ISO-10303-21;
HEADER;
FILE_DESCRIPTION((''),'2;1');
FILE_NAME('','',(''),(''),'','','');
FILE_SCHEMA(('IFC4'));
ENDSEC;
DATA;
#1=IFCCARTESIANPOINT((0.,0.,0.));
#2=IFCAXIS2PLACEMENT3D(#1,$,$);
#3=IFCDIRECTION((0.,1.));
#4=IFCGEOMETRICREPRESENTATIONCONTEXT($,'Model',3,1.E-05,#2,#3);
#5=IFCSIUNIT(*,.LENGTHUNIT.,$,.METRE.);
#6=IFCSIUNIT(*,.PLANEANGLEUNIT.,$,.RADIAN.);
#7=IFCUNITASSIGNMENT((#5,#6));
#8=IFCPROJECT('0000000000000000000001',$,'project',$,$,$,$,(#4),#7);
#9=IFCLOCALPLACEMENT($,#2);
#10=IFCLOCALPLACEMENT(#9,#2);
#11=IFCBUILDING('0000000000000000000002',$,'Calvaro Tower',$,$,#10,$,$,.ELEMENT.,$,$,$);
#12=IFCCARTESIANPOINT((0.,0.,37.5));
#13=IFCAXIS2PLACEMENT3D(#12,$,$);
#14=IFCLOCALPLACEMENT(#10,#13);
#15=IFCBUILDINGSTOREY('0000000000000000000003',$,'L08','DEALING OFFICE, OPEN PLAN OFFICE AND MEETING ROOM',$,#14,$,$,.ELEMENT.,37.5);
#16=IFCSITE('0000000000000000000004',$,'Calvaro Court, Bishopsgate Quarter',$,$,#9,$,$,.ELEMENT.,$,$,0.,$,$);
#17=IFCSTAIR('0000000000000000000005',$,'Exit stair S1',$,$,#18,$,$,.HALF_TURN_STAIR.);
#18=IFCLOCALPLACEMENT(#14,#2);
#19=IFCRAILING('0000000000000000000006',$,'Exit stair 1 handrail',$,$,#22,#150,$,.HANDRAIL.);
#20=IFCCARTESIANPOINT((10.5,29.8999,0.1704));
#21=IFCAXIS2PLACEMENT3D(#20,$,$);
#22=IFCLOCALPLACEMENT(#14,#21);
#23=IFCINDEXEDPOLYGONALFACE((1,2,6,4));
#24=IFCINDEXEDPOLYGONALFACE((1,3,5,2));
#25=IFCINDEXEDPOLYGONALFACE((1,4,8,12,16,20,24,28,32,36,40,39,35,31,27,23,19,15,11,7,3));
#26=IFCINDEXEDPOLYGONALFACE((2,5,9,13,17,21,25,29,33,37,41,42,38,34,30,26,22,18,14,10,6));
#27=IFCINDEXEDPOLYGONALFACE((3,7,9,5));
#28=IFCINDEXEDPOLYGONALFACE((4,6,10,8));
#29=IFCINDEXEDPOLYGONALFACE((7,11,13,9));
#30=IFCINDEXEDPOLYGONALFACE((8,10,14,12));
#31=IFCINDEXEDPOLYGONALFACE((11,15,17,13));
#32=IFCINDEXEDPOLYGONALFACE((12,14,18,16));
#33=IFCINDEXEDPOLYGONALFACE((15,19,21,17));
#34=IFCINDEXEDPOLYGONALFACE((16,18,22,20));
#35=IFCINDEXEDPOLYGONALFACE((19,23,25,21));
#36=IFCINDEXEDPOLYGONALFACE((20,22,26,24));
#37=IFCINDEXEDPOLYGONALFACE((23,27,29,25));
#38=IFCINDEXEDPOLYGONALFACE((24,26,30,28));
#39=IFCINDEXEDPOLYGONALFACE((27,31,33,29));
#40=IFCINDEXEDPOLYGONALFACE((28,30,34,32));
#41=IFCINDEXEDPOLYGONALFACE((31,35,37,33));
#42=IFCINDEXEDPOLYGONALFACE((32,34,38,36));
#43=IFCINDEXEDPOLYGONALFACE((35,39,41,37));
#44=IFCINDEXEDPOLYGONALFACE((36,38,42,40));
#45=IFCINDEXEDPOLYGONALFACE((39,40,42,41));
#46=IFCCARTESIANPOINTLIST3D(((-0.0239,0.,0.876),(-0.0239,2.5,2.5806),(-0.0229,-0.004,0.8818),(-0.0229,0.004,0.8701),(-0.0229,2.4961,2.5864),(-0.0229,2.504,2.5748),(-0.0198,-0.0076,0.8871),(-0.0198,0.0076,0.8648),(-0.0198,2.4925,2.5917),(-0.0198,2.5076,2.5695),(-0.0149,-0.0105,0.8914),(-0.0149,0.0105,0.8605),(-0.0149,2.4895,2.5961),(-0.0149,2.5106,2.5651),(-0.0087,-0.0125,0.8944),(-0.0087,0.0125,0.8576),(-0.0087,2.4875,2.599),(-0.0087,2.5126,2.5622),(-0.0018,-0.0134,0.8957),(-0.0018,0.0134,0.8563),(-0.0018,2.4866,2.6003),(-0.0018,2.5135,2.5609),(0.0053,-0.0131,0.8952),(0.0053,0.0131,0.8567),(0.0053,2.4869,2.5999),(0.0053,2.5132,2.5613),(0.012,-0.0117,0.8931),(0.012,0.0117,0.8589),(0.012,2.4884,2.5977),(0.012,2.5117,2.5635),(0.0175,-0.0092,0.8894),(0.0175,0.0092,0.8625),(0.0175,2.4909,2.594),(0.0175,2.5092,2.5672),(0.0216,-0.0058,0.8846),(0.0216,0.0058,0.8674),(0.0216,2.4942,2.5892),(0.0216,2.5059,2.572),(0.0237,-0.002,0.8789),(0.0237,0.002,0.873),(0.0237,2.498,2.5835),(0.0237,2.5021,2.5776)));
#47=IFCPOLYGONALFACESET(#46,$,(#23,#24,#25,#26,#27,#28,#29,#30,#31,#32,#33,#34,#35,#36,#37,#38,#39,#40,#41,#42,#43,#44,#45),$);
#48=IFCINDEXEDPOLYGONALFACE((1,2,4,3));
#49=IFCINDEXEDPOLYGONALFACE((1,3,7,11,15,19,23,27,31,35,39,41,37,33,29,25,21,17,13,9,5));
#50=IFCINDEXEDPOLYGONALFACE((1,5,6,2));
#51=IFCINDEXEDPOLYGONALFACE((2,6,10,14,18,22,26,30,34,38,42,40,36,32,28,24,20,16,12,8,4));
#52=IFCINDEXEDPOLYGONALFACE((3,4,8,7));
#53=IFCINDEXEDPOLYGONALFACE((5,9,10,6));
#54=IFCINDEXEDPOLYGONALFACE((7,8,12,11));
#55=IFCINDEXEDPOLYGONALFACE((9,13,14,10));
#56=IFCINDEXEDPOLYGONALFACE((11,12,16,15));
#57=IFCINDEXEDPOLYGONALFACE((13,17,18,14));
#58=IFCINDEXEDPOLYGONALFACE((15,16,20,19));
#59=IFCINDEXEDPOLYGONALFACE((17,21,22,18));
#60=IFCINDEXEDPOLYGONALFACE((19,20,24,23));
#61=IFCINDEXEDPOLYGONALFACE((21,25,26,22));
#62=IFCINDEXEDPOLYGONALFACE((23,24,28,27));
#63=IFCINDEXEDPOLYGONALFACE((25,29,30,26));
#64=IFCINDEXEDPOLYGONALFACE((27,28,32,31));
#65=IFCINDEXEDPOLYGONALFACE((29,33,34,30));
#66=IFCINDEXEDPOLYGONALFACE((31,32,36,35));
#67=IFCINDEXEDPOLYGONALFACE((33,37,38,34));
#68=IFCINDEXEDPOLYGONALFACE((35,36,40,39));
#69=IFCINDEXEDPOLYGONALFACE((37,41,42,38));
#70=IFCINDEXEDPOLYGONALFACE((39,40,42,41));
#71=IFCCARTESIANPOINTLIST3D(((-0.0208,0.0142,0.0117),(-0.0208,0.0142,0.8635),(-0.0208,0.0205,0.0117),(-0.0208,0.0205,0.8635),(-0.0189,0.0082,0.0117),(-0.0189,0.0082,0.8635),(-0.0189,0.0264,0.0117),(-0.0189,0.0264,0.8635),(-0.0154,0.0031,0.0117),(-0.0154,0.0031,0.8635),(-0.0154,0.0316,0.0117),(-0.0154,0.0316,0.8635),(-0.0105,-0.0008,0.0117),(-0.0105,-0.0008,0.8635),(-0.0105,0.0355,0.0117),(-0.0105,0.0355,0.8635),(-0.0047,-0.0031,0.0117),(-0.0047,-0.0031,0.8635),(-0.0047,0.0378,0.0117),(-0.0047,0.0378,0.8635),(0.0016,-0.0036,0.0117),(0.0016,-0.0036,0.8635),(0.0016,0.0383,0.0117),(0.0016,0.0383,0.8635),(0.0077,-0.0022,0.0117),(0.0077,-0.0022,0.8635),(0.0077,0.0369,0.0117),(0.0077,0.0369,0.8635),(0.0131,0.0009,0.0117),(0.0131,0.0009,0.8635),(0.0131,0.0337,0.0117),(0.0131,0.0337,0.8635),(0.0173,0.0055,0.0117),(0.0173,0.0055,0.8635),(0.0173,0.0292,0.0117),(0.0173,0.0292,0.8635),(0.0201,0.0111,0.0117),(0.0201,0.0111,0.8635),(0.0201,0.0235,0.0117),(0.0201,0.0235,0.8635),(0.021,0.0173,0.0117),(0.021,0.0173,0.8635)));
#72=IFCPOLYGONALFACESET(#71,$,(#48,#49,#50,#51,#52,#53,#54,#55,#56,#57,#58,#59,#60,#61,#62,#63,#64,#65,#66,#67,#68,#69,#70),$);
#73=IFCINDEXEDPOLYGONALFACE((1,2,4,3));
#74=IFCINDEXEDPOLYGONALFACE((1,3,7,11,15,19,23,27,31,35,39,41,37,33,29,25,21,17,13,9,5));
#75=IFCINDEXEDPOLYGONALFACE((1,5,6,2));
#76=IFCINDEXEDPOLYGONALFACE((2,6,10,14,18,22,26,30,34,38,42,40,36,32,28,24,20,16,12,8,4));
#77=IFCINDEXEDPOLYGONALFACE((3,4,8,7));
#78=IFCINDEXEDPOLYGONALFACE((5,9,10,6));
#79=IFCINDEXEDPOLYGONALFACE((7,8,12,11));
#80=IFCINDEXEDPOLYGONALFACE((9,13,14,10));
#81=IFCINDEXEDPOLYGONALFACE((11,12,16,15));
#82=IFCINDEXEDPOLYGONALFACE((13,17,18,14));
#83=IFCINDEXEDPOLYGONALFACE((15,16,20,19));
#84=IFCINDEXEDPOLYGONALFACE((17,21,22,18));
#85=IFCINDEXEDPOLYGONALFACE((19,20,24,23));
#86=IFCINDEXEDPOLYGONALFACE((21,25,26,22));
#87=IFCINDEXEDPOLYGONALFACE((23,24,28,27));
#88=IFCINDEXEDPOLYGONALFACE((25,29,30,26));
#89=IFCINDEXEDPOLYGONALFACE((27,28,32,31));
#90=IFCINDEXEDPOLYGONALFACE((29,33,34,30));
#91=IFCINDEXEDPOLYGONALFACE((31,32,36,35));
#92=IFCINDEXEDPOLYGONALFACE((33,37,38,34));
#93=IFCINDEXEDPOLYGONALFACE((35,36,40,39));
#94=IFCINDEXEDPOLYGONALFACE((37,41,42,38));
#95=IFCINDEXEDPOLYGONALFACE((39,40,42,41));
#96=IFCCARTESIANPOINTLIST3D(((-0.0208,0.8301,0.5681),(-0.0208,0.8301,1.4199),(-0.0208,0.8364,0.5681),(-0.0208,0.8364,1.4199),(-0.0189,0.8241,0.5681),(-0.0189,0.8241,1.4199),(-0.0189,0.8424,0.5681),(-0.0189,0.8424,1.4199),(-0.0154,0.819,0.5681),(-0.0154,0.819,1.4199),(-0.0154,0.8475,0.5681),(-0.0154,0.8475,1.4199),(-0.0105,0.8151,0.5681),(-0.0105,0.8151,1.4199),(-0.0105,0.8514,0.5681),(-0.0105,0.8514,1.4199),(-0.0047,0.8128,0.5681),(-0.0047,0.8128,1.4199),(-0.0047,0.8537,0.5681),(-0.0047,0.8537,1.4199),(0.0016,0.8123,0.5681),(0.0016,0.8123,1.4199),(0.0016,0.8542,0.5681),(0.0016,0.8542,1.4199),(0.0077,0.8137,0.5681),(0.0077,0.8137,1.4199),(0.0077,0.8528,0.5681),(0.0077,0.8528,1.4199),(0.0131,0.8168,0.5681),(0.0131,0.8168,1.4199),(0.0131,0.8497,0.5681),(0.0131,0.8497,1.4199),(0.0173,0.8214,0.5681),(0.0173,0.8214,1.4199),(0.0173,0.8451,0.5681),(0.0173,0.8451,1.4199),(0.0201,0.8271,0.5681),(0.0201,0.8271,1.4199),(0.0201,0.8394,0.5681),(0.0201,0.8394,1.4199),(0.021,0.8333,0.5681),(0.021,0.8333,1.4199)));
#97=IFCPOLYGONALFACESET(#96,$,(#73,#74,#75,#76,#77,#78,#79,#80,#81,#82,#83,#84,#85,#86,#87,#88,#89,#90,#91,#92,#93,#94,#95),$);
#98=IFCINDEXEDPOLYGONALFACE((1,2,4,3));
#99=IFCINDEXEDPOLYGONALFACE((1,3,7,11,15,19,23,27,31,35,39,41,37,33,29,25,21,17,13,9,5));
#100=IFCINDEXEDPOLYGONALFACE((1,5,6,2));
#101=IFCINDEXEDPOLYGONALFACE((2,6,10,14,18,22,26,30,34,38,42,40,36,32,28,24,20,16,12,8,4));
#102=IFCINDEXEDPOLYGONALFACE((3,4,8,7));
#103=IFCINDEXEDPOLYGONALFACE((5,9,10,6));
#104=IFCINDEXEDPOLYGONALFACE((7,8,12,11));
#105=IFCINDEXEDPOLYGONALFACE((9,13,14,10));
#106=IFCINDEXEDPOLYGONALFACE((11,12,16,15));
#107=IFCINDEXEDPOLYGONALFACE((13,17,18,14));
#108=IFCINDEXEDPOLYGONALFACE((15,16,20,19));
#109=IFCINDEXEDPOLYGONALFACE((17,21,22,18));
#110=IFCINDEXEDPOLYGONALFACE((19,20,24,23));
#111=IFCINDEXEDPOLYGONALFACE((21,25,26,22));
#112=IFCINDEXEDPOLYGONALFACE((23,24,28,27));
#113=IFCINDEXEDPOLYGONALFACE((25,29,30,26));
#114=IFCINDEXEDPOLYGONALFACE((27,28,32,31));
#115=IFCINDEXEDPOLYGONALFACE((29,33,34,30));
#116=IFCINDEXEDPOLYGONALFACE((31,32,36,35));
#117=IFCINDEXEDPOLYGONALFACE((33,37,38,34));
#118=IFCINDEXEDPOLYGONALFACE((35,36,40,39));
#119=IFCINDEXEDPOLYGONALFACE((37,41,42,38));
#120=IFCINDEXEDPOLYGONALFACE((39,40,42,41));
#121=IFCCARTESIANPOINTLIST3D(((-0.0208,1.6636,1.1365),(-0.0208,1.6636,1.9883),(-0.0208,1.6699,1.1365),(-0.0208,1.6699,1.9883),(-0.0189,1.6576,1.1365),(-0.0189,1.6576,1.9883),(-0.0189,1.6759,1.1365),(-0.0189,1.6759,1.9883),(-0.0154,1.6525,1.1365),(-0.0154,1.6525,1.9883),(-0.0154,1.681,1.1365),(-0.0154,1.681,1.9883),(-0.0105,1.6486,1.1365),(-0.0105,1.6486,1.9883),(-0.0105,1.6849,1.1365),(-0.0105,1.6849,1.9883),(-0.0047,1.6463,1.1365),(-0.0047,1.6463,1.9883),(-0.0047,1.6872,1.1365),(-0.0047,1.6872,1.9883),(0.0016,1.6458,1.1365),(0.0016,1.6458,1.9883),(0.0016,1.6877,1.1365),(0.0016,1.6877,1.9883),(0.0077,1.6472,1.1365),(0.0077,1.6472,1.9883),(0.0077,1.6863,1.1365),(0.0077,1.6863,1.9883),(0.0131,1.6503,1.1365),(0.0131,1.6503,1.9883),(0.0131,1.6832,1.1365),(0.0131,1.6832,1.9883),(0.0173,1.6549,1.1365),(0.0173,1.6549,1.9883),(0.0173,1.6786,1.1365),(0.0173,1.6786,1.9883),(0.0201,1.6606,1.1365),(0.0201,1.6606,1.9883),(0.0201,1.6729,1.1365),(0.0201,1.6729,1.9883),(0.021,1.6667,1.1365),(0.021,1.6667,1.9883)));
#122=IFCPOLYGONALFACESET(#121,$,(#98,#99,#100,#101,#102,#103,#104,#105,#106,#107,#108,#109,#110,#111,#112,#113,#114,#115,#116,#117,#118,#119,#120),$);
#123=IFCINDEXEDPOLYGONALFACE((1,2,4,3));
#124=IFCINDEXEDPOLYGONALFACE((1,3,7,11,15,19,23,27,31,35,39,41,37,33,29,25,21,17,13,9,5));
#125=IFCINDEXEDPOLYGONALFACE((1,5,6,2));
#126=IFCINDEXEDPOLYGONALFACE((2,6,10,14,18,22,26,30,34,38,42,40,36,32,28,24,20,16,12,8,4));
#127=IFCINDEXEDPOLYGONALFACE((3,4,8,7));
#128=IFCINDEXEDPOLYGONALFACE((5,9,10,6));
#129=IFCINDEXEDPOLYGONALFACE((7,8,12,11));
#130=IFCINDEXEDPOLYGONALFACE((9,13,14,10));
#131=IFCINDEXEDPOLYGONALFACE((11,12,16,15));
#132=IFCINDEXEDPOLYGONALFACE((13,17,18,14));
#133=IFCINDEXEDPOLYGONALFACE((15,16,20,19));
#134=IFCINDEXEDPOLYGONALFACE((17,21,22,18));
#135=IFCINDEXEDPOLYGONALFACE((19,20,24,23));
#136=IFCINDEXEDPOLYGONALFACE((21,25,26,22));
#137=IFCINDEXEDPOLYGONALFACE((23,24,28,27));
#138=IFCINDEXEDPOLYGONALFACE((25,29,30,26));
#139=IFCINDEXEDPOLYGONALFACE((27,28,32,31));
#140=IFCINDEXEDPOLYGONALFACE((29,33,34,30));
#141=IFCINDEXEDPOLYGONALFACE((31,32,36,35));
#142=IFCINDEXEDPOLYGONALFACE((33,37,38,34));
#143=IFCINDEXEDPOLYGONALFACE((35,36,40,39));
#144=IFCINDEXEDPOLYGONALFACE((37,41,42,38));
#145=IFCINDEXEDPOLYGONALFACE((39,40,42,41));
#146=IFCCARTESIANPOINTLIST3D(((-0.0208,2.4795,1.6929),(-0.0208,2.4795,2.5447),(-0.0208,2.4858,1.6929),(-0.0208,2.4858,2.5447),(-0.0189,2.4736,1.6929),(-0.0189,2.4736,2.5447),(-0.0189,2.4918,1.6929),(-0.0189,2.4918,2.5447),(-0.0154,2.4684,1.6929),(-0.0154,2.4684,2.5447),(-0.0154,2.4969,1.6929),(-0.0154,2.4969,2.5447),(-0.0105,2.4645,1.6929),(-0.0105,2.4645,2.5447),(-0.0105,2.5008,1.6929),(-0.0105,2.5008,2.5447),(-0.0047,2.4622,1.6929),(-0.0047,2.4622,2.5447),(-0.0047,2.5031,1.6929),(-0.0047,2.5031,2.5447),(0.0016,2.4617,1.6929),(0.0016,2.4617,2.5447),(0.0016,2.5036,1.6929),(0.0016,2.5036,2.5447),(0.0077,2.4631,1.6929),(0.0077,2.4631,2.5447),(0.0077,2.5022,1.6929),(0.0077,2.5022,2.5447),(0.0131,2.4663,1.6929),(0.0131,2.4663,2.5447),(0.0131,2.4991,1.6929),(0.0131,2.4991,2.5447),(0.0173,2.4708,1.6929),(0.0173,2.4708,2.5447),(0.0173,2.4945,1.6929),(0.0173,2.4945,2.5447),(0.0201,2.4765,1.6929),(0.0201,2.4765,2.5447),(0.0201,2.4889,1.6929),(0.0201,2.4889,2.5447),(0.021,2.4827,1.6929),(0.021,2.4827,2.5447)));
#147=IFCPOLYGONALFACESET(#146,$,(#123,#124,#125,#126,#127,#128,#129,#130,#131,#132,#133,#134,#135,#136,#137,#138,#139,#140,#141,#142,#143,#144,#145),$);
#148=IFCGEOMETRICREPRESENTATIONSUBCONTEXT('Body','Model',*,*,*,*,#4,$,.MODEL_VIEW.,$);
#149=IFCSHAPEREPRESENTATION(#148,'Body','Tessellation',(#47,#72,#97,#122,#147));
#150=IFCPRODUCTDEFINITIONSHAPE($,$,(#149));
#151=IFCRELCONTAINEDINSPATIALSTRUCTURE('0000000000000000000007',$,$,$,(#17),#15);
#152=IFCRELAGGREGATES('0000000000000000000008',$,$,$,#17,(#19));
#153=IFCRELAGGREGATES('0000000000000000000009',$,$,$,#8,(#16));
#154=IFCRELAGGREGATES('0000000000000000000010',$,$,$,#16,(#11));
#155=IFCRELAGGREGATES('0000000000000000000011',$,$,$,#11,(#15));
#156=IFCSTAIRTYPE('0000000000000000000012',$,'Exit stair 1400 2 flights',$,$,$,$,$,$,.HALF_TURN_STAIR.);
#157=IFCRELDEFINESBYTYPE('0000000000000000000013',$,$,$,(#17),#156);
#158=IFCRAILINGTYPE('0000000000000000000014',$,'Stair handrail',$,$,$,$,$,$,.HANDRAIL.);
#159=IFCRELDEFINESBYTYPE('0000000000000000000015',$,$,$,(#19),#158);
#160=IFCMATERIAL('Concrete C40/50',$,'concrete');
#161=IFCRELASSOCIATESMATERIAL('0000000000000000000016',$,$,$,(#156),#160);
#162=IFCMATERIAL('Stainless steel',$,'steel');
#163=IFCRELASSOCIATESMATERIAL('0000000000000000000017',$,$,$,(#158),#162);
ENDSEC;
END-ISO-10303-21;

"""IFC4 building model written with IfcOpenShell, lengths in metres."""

from ifc_helpers import new_model, si_unit, direction, frame, origin, origin_2d, place, context, subcontext, project, spatial, circle, extrude, material, type_object, element, aggregate, save


model = new_model("IFC4")

# Units and contexts
model_context = context("Model", 3, precision=1e-05, world=origin(), true_north=direction((0.0, 1.0)))
body_context = subcontext(model_context, "Body", "Model", "MODEL_VIEW")
ifc_project = project(units=[si_unit("LENGTHUNIT", "METRE"), si_unit("PLANEANGLEUNIT", "RADIAN")], contexts=[model_context])

# Site, building, storey
site_placement = place(None, origin())
site = spatial("IfcSite", under=ifc_project, at=site_placement, Name="Calvaro Court, Bishopsgate Quarter", CompositionType="ELEMENT", RefElevation=0.0)
building_placement = place(site_placement, origin())
building = spatial("IfcBuilding", under=site, at=building_placement, Name="Calvaro Tower", CompositionType="ELEMENT")
storey_placement = place(building_placement, frame((0.0, 0.0, 37.5)))
storey = spatial("IfcBuildingStorey", under=building, at=storey_placement, Name="L08", Description="DEALING OFFICE, OPEN PLAN OFFICE AND MEETING ROOM", CompositionType="ELEMENT", Elevation=37.5)

# Stair, railing
ifc_material_1 = material(Name="Concrete C40/50", Category="concrete")
stair_type = type_object("IfcStairType", Name="Exit stair 1400 2 flights", PredefinedType="HALF_TURN_STAIR", material=ifc_material_1)
stair_placement = place(storey_placement, origin())
stair = element("IfcStair", 1, at=stair_placement, inside=storey, type_object=stair_type, Name="Exit stair S1", PredefinedType="HALF_TURN_STAIR")
ifc_material_2 = material(Name="Stainless steel", Category="steel")
railing_type = type_object("IfcRailingType", Name="Stair handrail", PredefinedType="HANDRAIL", material=ifc_material_2)
railing_placement = place(storey_placement, frame((10.5, 29.8999, 0.1704)))
railing = element("IfcRailing", 2, at=railing_placement, type_object=railing_type, Name="Exit stair 1 handrail", PredefinedType="HANDRAIL", context=body_context, shape_type="SweptSolid", body=[
    extrude(circle(Radius=0.0239, at=origin_2d()), frame((0.0, 0.0, 0.876), z_axis=(0.0, 0.826221, 0.563347), x_axis=(-1.0, 0.0, 0.0)), (0.0, 0.0, 1.0), 3.0259),
    extrude(circle(Radius=0.021, at=origin_2d()), frame((0.0, 0.0173, 0.0117)), (0.0, 0.0, 1.0), 0.8518),
    extrude(circle(Radius=0.021, at=origin_2d()), frame((0.0, 0.8333, 0.5681)), (0.0, 0.0, 1.0), 0.8518),
    extrude(circle(Radius=0.021, at=origin_2d()), frame((0.0, 1.6667, 1.1365)), (0.0, 0.0, 1.0), 0.8518),
    extrude(circle(Radius=0.021, at=origin_2d()), frame((0.0, 2.4827, 1.6929)), (0.0, 0.0, 1.0), 0.8518),
])
aggregate(stair, [railing])

save(model, "model.ifc")
